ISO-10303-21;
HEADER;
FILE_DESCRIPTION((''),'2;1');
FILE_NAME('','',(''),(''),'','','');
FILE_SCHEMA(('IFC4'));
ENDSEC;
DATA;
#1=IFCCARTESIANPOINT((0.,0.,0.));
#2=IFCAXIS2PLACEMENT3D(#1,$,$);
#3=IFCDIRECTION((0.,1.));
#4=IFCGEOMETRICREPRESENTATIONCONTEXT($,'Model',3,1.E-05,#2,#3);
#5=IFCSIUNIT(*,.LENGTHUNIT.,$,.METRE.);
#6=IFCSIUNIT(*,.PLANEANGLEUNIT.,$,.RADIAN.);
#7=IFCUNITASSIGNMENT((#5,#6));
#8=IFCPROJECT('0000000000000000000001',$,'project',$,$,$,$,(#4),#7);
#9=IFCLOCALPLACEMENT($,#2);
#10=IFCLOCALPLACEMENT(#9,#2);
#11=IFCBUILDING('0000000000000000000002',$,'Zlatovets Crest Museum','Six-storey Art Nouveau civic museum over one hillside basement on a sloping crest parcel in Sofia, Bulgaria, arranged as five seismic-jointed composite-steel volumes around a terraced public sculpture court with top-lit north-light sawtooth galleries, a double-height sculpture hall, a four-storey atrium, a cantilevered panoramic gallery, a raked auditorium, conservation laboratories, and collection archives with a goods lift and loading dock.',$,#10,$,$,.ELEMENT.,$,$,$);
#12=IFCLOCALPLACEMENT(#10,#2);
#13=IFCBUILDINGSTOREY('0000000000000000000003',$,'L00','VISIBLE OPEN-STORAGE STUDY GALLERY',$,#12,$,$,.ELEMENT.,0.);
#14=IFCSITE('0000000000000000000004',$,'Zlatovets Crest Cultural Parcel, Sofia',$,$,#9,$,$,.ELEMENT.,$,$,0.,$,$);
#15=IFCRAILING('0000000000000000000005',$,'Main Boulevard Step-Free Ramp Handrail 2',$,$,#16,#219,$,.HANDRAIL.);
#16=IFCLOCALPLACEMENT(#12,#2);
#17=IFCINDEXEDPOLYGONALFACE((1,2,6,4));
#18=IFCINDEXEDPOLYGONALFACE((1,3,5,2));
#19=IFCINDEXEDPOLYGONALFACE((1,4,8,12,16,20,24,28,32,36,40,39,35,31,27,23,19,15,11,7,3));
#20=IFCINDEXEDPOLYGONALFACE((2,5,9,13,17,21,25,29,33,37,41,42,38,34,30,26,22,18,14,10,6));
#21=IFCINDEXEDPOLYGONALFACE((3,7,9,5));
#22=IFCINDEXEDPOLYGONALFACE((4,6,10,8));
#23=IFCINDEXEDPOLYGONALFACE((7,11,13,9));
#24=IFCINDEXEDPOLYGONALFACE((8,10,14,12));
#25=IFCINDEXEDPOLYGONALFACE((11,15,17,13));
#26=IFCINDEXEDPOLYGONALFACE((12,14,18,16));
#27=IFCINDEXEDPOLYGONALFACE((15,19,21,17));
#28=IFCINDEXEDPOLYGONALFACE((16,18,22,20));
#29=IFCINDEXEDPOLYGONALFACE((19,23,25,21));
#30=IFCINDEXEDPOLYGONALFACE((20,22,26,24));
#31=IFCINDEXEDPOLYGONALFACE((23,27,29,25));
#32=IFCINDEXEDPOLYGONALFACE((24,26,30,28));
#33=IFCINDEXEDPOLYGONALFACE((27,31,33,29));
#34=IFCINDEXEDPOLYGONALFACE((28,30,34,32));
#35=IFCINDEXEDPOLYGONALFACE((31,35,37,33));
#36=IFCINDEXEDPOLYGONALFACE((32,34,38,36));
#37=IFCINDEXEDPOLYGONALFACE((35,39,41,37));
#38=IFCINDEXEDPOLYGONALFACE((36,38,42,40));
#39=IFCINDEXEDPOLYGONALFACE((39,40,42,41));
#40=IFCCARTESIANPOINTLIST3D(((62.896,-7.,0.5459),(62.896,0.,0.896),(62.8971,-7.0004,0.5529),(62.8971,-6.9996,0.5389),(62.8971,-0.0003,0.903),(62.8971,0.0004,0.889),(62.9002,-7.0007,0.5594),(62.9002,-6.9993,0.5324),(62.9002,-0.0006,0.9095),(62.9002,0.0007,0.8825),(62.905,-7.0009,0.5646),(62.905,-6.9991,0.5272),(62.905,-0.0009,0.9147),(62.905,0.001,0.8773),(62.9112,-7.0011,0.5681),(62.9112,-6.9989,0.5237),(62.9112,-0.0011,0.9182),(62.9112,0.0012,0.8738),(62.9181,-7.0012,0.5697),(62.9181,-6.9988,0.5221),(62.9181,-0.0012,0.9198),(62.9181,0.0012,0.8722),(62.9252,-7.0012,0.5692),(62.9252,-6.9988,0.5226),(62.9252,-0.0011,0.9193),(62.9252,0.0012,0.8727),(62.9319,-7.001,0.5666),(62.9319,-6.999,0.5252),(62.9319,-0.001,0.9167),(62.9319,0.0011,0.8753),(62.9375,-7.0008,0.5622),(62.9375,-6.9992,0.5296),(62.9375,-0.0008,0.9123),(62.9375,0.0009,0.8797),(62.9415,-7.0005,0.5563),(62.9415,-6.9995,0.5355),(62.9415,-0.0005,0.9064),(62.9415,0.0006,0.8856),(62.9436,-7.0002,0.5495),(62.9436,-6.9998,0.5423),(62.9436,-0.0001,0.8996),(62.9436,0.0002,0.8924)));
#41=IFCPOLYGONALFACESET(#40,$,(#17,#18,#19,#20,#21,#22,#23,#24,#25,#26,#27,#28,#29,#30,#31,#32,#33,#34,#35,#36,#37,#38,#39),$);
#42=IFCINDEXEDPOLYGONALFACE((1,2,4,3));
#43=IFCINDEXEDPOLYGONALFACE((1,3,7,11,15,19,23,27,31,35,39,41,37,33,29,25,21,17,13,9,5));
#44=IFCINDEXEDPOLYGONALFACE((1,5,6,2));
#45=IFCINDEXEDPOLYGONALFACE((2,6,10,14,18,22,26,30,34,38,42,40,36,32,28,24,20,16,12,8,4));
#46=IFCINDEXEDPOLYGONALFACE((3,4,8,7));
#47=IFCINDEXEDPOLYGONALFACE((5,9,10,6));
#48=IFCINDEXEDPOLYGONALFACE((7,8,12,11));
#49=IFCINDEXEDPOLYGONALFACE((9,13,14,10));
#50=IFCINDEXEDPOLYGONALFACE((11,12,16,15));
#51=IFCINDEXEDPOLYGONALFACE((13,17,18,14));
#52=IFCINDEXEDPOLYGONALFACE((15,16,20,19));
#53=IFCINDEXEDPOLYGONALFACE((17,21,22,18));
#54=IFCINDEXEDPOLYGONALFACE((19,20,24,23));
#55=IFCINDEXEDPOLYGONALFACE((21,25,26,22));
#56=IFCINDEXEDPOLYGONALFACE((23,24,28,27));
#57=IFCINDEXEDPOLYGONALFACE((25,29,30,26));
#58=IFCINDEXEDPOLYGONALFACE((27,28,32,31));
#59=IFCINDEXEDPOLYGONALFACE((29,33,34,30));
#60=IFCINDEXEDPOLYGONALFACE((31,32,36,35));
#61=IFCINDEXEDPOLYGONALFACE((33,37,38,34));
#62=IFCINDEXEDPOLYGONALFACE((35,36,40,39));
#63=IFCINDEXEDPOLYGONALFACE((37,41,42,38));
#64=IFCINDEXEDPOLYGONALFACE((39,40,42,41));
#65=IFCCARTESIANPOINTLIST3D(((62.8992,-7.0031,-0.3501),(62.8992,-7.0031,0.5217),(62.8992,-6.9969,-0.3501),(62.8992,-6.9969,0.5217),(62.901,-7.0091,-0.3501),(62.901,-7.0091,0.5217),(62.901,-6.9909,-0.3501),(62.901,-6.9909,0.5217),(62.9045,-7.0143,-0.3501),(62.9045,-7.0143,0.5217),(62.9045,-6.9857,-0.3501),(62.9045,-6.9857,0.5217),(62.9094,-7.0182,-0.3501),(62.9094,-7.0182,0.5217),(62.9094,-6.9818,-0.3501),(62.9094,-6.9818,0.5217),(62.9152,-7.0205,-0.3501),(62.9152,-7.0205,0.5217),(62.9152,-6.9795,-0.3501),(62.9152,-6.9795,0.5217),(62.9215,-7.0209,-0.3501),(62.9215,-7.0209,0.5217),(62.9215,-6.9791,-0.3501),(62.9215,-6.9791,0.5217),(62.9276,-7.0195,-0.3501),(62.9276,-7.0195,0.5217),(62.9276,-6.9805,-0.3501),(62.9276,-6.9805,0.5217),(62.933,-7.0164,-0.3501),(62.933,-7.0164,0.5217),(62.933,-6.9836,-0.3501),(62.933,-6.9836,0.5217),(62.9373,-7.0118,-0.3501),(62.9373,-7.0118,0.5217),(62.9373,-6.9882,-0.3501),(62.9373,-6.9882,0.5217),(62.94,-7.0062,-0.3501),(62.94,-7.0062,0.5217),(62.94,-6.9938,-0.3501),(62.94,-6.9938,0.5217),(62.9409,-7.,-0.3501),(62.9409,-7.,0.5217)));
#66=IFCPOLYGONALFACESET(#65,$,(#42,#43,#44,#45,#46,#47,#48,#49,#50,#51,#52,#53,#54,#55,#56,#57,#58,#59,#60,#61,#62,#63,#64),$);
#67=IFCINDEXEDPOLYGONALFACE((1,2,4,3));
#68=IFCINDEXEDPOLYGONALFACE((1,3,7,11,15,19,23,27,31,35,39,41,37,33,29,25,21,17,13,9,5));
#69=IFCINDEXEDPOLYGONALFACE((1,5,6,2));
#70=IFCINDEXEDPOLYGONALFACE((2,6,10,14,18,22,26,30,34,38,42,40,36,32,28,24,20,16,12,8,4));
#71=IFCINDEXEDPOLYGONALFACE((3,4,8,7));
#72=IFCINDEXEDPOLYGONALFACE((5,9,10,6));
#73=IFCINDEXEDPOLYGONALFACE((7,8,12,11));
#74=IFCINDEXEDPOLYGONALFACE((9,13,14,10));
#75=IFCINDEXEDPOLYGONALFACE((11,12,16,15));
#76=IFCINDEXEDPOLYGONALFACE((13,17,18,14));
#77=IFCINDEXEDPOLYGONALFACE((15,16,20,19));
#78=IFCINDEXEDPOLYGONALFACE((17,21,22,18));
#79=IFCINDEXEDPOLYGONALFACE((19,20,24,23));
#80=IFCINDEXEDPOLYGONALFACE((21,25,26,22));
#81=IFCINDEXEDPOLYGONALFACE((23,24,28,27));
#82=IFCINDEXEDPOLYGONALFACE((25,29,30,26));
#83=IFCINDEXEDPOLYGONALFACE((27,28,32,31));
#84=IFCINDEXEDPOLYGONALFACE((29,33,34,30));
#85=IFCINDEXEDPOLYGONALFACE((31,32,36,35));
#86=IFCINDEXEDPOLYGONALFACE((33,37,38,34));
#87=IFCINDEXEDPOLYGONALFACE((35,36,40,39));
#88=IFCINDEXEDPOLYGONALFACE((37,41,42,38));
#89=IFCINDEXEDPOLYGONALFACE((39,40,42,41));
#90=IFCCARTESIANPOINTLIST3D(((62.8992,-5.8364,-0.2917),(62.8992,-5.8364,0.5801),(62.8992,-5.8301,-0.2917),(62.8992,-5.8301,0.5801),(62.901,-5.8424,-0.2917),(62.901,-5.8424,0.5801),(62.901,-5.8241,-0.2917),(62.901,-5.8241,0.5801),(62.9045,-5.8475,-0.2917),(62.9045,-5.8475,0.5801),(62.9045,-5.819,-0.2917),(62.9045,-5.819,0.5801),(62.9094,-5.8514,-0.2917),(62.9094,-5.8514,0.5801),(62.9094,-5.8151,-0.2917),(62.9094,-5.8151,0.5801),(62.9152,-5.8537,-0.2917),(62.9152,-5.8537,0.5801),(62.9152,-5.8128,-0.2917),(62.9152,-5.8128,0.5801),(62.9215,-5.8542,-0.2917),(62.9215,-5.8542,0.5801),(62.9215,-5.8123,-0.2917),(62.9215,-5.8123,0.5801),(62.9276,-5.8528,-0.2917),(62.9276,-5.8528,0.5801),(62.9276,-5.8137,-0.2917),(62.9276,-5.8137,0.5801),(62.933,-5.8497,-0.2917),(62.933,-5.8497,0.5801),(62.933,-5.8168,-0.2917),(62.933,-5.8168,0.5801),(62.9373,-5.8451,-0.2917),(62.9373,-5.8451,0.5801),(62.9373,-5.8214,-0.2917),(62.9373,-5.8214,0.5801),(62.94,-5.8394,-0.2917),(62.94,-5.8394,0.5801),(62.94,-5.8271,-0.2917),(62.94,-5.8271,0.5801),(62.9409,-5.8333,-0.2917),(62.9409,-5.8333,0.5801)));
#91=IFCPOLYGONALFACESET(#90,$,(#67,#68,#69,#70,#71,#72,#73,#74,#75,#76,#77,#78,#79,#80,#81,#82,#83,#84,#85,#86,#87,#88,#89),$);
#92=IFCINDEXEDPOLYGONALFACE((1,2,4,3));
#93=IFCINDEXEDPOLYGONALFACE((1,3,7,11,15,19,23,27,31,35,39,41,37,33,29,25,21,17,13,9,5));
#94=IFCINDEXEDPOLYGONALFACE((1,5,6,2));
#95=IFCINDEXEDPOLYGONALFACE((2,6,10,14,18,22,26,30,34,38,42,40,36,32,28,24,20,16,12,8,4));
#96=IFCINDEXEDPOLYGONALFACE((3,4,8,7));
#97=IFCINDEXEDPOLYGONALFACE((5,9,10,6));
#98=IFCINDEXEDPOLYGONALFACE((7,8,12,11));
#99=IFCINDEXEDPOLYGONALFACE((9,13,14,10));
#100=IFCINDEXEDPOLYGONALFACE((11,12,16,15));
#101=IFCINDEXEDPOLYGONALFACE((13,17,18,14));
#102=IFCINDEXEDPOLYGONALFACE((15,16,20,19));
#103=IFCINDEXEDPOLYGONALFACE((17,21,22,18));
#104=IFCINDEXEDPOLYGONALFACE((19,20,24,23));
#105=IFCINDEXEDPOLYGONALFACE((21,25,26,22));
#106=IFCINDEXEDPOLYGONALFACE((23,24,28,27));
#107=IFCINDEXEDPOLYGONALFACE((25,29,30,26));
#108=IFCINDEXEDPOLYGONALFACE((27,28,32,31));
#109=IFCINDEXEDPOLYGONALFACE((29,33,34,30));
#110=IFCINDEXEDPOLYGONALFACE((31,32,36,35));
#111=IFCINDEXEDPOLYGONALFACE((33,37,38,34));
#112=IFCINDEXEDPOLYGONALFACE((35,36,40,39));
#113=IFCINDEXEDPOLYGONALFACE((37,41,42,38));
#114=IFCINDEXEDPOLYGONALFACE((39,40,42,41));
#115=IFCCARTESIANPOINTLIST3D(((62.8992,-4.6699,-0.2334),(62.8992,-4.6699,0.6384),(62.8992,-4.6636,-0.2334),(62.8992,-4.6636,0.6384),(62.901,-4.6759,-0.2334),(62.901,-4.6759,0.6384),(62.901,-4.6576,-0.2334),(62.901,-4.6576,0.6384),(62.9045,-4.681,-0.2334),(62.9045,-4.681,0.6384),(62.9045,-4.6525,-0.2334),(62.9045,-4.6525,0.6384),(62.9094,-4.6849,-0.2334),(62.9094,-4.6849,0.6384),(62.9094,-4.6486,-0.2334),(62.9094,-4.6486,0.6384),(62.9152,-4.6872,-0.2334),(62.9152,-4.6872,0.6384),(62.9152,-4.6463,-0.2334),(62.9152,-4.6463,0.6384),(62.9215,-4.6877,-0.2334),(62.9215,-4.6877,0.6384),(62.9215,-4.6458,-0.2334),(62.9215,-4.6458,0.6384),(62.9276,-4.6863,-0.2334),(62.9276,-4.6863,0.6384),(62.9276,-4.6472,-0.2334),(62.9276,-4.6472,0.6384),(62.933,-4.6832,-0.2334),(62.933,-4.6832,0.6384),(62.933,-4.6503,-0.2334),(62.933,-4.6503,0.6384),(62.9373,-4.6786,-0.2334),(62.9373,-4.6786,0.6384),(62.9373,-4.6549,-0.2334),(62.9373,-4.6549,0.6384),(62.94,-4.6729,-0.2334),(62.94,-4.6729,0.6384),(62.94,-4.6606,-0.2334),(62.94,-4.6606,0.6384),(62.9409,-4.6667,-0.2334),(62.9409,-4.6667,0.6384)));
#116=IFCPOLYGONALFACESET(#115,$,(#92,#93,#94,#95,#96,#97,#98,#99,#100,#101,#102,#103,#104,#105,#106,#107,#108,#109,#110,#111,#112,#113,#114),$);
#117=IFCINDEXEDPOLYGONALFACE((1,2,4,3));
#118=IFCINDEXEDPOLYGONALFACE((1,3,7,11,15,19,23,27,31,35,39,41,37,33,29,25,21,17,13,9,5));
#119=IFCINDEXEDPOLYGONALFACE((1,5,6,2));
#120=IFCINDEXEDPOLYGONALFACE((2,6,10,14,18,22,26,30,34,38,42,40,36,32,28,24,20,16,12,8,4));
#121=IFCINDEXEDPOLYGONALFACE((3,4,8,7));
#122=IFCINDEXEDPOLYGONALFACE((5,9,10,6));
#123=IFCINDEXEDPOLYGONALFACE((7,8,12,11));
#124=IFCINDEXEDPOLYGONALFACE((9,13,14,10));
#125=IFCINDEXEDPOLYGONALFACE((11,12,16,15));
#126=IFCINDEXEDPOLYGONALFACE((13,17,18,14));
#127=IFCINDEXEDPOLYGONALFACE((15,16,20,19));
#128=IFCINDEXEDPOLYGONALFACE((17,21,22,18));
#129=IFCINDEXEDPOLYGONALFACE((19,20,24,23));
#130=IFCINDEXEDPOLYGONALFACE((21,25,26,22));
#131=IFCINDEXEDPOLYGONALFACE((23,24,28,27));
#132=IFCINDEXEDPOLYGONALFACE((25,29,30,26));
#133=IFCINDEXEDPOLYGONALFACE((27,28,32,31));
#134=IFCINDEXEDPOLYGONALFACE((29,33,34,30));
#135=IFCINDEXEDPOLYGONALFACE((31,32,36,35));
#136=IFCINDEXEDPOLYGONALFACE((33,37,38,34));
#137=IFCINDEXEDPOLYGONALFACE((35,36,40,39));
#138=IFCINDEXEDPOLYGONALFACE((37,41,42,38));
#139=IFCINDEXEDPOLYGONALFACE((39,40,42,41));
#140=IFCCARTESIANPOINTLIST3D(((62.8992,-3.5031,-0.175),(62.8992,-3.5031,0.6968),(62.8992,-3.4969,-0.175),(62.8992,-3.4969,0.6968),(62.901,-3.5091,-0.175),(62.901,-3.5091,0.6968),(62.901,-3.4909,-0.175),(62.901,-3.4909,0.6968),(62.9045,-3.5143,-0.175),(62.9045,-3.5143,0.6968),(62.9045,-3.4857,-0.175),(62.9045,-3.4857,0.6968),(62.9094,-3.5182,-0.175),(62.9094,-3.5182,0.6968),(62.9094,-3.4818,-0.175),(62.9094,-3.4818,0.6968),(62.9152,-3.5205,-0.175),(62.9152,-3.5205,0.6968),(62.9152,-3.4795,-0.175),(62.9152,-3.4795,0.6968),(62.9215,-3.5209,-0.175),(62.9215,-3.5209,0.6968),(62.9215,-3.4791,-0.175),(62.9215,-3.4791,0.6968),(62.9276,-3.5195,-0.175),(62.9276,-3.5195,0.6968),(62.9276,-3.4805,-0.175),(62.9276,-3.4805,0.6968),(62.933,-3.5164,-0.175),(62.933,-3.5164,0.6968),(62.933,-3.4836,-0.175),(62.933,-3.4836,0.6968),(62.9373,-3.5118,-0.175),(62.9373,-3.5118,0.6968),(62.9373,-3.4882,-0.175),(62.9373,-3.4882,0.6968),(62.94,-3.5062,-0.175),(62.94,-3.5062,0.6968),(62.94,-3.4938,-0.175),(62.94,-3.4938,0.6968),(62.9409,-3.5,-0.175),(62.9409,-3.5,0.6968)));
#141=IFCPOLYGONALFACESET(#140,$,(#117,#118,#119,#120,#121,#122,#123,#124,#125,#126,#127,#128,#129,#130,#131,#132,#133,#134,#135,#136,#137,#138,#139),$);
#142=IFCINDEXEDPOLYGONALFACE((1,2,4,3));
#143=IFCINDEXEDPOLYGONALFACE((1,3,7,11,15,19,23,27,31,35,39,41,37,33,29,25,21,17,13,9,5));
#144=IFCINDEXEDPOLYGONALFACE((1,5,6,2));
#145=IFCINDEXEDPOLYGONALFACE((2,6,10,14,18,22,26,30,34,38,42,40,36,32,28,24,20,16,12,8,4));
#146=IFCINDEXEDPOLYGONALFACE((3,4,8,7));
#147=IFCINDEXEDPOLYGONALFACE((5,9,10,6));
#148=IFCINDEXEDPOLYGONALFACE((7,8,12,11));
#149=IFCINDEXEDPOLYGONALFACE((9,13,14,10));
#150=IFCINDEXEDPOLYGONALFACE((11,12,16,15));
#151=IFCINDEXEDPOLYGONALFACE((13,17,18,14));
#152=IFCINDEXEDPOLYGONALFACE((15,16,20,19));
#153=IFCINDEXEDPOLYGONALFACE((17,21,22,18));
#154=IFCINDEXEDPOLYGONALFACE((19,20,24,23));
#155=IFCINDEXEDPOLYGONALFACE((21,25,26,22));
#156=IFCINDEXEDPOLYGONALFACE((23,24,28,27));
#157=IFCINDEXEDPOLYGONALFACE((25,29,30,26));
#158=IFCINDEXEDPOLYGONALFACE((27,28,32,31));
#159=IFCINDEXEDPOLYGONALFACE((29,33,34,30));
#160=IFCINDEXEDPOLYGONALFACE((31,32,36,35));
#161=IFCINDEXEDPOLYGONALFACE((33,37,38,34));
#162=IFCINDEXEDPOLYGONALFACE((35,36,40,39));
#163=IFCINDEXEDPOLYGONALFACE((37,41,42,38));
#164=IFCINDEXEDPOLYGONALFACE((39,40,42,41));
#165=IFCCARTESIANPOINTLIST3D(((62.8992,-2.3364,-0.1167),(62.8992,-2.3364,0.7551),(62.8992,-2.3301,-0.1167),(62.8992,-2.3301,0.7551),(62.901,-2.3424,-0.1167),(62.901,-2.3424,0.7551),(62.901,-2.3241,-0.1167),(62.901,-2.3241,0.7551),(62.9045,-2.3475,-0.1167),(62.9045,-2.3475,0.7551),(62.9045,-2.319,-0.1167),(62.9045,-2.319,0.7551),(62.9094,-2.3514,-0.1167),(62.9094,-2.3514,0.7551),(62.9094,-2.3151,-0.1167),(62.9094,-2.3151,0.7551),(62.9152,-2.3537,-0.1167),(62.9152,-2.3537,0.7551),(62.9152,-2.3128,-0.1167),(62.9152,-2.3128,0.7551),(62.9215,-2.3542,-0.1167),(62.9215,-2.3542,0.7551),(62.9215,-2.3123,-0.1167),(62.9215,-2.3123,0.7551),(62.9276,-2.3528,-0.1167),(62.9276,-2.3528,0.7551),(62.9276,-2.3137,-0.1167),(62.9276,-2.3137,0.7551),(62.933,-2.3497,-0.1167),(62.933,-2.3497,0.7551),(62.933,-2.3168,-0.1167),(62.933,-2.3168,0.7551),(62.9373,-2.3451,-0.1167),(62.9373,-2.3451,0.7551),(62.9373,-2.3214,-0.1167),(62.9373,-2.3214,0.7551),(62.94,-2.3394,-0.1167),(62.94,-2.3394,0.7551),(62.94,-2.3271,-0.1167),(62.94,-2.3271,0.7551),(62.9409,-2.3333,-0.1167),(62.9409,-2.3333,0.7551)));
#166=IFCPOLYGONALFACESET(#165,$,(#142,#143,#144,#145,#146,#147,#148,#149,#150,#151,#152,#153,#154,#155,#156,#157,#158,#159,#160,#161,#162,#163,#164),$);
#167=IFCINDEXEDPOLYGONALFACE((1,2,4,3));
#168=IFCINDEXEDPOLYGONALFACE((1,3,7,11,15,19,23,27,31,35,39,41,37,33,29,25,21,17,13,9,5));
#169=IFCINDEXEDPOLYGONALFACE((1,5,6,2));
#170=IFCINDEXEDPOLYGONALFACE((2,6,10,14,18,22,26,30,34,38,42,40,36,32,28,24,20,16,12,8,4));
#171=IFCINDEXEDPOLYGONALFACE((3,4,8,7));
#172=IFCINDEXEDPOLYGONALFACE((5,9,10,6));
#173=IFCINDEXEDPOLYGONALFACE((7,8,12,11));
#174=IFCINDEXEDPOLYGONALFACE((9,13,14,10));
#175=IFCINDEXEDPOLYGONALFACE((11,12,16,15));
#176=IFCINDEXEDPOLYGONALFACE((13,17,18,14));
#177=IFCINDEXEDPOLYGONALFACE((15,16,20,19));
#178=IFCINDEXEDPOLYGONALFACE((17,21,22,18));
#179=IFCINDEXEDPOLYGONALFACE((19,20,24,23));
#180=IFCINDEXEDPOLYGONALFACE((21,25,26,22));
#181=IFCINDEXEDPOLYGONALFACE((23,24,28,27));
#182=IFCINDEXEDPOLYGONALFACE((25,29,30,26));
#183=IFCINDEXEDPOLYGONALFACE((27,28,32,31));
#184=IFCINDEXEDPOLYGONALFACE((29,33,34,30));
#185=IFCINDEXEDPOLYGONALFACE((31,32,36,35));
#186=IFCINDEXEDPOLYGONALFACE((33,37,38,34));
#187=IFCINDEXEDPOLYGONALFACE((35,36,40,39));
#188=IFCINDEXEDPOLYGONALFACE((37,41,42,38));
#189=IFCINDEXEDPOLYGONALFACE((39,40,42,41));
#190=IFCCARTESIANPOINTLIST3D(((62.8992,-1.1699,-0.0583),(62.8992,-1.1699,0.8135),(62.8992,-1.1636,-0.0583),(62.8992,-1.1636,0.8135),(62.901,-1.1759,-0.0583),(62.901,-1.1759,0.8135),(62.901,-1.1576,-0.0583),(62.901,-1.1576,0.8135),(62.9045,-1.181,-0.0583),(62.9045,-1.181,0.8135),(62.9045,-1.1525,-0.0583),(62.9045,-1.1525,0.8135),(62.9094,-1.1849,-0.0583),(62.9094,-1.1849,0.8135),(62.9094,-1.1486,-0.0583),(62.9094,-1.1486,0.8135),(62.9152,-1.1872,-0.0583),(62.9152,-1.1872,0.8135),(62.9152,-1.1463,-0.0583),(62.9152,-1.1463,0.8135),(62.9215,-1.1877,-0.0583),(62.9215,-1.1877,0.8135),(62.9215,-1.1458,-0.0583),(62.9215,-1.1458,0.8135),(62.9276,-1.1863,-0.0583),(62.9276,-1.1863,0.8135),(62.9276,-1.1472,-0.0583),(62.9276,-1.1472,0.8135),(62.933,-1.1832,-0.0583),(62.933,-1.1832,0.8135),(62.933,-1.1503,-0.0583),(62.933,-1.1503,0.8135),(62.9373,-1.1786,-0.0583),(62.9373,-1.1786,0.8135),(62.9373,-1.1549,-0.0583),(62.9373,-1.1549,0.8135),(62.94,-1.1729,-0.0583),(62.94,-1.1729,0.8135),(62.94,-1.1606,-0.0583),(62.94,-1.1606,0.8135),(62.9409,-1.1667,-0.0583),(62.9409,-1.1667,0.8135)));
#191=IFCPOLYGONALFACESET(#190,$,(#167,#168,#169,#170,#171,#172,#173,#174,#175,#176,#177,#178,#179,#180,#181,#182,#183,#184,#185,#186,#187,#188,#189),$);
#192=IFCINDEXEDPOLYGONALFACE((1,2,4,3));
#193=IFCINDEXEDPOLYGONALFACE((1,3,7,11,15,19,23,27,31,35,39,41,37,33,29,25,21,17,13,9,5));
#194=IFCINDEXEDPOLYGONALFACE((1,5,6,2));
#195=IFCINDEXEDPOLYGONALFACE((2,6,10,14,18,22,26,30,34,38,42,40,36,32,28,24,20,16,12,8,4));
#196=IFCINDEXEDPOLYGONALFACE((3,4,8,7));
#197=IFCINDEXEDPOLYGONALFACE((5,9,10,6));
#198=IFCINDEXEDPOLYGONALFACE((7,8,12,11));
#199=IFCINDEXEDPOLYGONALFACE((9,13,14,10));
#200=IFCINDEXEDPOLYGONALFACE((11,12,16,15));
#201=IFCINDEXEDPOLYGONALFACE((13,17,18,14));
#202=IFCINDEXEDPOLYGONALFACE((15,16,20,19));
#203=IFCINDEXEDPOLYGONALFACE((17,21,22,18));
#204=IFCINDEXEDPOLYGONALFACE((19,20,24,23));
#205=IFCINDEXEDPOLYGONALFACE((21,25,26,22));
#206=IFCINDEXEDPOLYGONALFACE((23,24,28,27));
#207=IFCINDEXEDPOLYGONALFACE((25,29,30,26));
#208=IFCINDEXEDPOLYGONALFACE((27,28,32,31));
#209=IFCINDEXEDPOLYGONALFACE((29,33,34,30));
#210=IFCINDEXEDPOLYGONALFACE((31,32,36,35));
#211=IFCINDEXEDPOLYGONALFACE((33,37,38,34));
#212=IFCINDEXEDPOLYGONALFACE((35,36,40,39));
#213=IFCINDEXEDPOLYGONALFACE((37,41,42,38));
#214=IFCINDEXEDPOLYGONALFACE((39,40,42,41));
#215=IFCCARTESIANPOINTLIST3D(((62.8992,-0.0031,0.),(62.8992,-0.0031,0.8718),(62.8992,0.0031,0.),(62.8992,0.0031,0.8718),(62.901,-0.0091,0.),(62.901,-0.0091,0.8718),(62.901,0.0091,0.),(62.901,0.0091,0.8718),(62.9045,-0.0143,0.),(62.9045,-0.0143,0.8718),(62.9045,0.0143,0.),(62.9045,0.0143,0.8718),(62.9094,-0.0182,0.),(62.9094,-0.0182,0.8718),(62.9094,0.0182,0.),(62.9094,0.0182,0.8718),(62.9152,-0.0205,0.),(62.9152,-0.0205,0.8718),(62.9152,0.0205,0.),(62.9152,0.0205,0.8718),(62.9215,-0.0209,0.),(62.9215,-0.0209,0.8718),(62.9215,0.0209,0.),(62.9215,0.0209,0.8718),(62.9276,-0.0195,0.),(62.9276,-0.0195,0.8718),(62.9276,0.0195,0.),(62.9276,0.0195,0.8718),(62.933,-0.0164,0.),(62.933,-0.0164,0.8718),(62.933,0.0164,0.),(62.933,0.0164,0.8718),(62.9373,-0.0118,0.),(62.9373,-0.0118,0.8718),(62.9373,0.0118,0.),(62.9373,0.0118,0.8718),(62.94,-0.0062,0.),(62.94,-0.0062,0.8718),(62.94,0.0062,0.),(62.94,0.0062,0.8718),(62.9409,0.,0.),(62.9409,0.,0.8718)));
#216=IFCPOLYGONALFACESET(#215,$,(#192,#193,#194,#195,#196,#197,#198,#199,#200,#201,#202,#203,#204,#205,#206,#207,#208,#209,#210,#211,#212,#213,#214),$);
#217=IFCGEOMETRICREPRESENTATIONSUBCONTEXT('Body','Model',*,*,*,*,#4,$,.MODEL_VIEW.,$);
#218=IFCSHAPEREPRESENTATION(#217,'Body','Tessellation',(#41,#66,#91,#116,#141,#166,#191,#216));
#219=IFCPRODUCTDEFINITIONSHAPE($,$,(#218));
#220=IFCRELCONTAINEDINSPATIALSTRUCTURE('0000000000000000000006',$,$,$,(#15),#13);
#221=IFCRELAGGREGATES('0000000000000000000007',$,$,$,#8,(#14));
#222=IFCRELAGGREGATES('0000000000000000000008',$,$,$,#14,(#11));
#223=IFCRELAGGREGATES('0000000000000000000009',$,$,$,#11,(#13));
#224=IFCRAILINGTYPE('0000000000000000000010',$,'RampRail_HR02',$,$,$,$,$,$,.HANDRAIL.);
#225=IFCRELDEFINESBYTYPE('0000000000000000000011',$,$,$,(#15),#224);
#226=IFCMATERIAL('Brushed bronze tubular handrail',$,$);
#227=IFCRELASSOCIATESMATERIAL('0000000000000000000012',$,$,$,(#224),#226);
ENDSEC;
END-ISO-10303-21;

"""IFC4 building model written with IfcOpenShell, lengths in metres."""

from ifc_helpers import new_model, si_unit, direction, frame, origin, origin_2d, place, context, subcontext, project, spatial, circle, extrude, material, type_object, element, save


model = new_model("IFC4")

# Units and contexts
model_context = context("Model", 3, precision=1e-05, world=origin(), true_north=direction((0.0, 1.0)))
body_context = subcontext(model_context, "Body", "Model", "MODEL_VIEW")
ifc_project = project(units=[si_unit("LENGTHUNIT", "METRE"), si_unit("PLANEANGLEUNIT", "RADIAN")], contexts=[model_context])

# Site, building, storey
site_placement = place(None, origin())
site = spatial("IfcSite", under=ifc_project, at=site_placement, Name="Zlatovets Crest Cultural Parcel, Sofia", CompositionType="ELEMENT", RefElevation=0.0)
building_placement = place(site_placement, origin())
building = spatial("IfcBuilding", under=site, at=building_placement, Name="Zlatovets Crest Museum", Description="Six-storey Art Nouveau civic museum over one hillside basement on a sloping crest parcel in Sofia, Bulgaria, arranged as five seismic-jointed composite-steel volumes around a terraced public sculpture court with top-lit north-light sawtooth galleries, a double-height sculpture hall, a four-storey atrium, a cantilevered panoramic gallery, a raked auditorium, conservation laboratories, and collection archives with a goods lift and loading dock.", CompositionType="ELEMENT")
storey_placement = place(building_placement, origin())
storey = spatial("IfcBuildingStorey", under=building, at=storey_placement, Name="L00", Description="VISIBLE OPEN-STORAGE STUDY GALLERY", CompositionType="ELEMENT", Elevation=0.0)

# Railing
ifc_material_1 = material(Name="Brushed bronze tubular handrail")
railing_type = type_object("IfcRailingType", Name="RampRail_HR02", PredefinedType="HANDRAIL", material=ifc_material_1)
railing_placement = place(storey_placement, frame((62.9199, -7.0, -0.3501)))
element("IfcRailing", 1, at=railing_placement, inside=storey, type_object=railing_type, Name="Main Boulevard Step-Free Ramp Handrail 2", PredefinedType="HANDRAIL", context=body_context, shape_type="SweptSolid", body=[
    extrude(circle(Radius=0.0239, at=origin_2d()), frame((0.0, 0.0, 0.896), z_axis=(0.0, 0.998752, 0.049952), x_axis=(-1.0, 0.0, 0.0)), (0.0, 0.0, 1.0), 7.0088),
    extrude(circle(Radius=0.021, at=origin_2d()), origin(), (0.0, 0.0, 1.0), 0.8718),
    extrude(circle(Radius=0.021, at=origin_2d()), frame((0.0, 1.1667, 0.0583)), (0.0, 0.0, 1.0), 0.8718),
    extrude(circle(Radius=0.021, at=origin_2d()), frame((0.0, 2.3333, 0.1167)), (0.0, 0.0, 1.0), 0.8718),
    extrude(circle(Radius=0.021, at=origin_2d()), frame((0.0, 3.5, 0.175)), (0.0, 0.0, 1.0), 0.8718),
    extrude(circle(Radius=0.021, at=origin_2d()), frame((0.0, 4.6667, 0.2334)), (0.0, 0.0, 1.0), 0.8718),
    extrude(circle(Radius=0.021, at=origin_2d()), frame((0.0, 5.8333, 0.2917)), (0.0, 0.0, 1.0), 0.8718),
    extrude(circle(Radius=0.021, at=origin_2d()), frame((0.0, 7.0, 0.3501)), (0.0, 0.0, 1.0), 0.8718),
])

save(model, "model.ifc")
